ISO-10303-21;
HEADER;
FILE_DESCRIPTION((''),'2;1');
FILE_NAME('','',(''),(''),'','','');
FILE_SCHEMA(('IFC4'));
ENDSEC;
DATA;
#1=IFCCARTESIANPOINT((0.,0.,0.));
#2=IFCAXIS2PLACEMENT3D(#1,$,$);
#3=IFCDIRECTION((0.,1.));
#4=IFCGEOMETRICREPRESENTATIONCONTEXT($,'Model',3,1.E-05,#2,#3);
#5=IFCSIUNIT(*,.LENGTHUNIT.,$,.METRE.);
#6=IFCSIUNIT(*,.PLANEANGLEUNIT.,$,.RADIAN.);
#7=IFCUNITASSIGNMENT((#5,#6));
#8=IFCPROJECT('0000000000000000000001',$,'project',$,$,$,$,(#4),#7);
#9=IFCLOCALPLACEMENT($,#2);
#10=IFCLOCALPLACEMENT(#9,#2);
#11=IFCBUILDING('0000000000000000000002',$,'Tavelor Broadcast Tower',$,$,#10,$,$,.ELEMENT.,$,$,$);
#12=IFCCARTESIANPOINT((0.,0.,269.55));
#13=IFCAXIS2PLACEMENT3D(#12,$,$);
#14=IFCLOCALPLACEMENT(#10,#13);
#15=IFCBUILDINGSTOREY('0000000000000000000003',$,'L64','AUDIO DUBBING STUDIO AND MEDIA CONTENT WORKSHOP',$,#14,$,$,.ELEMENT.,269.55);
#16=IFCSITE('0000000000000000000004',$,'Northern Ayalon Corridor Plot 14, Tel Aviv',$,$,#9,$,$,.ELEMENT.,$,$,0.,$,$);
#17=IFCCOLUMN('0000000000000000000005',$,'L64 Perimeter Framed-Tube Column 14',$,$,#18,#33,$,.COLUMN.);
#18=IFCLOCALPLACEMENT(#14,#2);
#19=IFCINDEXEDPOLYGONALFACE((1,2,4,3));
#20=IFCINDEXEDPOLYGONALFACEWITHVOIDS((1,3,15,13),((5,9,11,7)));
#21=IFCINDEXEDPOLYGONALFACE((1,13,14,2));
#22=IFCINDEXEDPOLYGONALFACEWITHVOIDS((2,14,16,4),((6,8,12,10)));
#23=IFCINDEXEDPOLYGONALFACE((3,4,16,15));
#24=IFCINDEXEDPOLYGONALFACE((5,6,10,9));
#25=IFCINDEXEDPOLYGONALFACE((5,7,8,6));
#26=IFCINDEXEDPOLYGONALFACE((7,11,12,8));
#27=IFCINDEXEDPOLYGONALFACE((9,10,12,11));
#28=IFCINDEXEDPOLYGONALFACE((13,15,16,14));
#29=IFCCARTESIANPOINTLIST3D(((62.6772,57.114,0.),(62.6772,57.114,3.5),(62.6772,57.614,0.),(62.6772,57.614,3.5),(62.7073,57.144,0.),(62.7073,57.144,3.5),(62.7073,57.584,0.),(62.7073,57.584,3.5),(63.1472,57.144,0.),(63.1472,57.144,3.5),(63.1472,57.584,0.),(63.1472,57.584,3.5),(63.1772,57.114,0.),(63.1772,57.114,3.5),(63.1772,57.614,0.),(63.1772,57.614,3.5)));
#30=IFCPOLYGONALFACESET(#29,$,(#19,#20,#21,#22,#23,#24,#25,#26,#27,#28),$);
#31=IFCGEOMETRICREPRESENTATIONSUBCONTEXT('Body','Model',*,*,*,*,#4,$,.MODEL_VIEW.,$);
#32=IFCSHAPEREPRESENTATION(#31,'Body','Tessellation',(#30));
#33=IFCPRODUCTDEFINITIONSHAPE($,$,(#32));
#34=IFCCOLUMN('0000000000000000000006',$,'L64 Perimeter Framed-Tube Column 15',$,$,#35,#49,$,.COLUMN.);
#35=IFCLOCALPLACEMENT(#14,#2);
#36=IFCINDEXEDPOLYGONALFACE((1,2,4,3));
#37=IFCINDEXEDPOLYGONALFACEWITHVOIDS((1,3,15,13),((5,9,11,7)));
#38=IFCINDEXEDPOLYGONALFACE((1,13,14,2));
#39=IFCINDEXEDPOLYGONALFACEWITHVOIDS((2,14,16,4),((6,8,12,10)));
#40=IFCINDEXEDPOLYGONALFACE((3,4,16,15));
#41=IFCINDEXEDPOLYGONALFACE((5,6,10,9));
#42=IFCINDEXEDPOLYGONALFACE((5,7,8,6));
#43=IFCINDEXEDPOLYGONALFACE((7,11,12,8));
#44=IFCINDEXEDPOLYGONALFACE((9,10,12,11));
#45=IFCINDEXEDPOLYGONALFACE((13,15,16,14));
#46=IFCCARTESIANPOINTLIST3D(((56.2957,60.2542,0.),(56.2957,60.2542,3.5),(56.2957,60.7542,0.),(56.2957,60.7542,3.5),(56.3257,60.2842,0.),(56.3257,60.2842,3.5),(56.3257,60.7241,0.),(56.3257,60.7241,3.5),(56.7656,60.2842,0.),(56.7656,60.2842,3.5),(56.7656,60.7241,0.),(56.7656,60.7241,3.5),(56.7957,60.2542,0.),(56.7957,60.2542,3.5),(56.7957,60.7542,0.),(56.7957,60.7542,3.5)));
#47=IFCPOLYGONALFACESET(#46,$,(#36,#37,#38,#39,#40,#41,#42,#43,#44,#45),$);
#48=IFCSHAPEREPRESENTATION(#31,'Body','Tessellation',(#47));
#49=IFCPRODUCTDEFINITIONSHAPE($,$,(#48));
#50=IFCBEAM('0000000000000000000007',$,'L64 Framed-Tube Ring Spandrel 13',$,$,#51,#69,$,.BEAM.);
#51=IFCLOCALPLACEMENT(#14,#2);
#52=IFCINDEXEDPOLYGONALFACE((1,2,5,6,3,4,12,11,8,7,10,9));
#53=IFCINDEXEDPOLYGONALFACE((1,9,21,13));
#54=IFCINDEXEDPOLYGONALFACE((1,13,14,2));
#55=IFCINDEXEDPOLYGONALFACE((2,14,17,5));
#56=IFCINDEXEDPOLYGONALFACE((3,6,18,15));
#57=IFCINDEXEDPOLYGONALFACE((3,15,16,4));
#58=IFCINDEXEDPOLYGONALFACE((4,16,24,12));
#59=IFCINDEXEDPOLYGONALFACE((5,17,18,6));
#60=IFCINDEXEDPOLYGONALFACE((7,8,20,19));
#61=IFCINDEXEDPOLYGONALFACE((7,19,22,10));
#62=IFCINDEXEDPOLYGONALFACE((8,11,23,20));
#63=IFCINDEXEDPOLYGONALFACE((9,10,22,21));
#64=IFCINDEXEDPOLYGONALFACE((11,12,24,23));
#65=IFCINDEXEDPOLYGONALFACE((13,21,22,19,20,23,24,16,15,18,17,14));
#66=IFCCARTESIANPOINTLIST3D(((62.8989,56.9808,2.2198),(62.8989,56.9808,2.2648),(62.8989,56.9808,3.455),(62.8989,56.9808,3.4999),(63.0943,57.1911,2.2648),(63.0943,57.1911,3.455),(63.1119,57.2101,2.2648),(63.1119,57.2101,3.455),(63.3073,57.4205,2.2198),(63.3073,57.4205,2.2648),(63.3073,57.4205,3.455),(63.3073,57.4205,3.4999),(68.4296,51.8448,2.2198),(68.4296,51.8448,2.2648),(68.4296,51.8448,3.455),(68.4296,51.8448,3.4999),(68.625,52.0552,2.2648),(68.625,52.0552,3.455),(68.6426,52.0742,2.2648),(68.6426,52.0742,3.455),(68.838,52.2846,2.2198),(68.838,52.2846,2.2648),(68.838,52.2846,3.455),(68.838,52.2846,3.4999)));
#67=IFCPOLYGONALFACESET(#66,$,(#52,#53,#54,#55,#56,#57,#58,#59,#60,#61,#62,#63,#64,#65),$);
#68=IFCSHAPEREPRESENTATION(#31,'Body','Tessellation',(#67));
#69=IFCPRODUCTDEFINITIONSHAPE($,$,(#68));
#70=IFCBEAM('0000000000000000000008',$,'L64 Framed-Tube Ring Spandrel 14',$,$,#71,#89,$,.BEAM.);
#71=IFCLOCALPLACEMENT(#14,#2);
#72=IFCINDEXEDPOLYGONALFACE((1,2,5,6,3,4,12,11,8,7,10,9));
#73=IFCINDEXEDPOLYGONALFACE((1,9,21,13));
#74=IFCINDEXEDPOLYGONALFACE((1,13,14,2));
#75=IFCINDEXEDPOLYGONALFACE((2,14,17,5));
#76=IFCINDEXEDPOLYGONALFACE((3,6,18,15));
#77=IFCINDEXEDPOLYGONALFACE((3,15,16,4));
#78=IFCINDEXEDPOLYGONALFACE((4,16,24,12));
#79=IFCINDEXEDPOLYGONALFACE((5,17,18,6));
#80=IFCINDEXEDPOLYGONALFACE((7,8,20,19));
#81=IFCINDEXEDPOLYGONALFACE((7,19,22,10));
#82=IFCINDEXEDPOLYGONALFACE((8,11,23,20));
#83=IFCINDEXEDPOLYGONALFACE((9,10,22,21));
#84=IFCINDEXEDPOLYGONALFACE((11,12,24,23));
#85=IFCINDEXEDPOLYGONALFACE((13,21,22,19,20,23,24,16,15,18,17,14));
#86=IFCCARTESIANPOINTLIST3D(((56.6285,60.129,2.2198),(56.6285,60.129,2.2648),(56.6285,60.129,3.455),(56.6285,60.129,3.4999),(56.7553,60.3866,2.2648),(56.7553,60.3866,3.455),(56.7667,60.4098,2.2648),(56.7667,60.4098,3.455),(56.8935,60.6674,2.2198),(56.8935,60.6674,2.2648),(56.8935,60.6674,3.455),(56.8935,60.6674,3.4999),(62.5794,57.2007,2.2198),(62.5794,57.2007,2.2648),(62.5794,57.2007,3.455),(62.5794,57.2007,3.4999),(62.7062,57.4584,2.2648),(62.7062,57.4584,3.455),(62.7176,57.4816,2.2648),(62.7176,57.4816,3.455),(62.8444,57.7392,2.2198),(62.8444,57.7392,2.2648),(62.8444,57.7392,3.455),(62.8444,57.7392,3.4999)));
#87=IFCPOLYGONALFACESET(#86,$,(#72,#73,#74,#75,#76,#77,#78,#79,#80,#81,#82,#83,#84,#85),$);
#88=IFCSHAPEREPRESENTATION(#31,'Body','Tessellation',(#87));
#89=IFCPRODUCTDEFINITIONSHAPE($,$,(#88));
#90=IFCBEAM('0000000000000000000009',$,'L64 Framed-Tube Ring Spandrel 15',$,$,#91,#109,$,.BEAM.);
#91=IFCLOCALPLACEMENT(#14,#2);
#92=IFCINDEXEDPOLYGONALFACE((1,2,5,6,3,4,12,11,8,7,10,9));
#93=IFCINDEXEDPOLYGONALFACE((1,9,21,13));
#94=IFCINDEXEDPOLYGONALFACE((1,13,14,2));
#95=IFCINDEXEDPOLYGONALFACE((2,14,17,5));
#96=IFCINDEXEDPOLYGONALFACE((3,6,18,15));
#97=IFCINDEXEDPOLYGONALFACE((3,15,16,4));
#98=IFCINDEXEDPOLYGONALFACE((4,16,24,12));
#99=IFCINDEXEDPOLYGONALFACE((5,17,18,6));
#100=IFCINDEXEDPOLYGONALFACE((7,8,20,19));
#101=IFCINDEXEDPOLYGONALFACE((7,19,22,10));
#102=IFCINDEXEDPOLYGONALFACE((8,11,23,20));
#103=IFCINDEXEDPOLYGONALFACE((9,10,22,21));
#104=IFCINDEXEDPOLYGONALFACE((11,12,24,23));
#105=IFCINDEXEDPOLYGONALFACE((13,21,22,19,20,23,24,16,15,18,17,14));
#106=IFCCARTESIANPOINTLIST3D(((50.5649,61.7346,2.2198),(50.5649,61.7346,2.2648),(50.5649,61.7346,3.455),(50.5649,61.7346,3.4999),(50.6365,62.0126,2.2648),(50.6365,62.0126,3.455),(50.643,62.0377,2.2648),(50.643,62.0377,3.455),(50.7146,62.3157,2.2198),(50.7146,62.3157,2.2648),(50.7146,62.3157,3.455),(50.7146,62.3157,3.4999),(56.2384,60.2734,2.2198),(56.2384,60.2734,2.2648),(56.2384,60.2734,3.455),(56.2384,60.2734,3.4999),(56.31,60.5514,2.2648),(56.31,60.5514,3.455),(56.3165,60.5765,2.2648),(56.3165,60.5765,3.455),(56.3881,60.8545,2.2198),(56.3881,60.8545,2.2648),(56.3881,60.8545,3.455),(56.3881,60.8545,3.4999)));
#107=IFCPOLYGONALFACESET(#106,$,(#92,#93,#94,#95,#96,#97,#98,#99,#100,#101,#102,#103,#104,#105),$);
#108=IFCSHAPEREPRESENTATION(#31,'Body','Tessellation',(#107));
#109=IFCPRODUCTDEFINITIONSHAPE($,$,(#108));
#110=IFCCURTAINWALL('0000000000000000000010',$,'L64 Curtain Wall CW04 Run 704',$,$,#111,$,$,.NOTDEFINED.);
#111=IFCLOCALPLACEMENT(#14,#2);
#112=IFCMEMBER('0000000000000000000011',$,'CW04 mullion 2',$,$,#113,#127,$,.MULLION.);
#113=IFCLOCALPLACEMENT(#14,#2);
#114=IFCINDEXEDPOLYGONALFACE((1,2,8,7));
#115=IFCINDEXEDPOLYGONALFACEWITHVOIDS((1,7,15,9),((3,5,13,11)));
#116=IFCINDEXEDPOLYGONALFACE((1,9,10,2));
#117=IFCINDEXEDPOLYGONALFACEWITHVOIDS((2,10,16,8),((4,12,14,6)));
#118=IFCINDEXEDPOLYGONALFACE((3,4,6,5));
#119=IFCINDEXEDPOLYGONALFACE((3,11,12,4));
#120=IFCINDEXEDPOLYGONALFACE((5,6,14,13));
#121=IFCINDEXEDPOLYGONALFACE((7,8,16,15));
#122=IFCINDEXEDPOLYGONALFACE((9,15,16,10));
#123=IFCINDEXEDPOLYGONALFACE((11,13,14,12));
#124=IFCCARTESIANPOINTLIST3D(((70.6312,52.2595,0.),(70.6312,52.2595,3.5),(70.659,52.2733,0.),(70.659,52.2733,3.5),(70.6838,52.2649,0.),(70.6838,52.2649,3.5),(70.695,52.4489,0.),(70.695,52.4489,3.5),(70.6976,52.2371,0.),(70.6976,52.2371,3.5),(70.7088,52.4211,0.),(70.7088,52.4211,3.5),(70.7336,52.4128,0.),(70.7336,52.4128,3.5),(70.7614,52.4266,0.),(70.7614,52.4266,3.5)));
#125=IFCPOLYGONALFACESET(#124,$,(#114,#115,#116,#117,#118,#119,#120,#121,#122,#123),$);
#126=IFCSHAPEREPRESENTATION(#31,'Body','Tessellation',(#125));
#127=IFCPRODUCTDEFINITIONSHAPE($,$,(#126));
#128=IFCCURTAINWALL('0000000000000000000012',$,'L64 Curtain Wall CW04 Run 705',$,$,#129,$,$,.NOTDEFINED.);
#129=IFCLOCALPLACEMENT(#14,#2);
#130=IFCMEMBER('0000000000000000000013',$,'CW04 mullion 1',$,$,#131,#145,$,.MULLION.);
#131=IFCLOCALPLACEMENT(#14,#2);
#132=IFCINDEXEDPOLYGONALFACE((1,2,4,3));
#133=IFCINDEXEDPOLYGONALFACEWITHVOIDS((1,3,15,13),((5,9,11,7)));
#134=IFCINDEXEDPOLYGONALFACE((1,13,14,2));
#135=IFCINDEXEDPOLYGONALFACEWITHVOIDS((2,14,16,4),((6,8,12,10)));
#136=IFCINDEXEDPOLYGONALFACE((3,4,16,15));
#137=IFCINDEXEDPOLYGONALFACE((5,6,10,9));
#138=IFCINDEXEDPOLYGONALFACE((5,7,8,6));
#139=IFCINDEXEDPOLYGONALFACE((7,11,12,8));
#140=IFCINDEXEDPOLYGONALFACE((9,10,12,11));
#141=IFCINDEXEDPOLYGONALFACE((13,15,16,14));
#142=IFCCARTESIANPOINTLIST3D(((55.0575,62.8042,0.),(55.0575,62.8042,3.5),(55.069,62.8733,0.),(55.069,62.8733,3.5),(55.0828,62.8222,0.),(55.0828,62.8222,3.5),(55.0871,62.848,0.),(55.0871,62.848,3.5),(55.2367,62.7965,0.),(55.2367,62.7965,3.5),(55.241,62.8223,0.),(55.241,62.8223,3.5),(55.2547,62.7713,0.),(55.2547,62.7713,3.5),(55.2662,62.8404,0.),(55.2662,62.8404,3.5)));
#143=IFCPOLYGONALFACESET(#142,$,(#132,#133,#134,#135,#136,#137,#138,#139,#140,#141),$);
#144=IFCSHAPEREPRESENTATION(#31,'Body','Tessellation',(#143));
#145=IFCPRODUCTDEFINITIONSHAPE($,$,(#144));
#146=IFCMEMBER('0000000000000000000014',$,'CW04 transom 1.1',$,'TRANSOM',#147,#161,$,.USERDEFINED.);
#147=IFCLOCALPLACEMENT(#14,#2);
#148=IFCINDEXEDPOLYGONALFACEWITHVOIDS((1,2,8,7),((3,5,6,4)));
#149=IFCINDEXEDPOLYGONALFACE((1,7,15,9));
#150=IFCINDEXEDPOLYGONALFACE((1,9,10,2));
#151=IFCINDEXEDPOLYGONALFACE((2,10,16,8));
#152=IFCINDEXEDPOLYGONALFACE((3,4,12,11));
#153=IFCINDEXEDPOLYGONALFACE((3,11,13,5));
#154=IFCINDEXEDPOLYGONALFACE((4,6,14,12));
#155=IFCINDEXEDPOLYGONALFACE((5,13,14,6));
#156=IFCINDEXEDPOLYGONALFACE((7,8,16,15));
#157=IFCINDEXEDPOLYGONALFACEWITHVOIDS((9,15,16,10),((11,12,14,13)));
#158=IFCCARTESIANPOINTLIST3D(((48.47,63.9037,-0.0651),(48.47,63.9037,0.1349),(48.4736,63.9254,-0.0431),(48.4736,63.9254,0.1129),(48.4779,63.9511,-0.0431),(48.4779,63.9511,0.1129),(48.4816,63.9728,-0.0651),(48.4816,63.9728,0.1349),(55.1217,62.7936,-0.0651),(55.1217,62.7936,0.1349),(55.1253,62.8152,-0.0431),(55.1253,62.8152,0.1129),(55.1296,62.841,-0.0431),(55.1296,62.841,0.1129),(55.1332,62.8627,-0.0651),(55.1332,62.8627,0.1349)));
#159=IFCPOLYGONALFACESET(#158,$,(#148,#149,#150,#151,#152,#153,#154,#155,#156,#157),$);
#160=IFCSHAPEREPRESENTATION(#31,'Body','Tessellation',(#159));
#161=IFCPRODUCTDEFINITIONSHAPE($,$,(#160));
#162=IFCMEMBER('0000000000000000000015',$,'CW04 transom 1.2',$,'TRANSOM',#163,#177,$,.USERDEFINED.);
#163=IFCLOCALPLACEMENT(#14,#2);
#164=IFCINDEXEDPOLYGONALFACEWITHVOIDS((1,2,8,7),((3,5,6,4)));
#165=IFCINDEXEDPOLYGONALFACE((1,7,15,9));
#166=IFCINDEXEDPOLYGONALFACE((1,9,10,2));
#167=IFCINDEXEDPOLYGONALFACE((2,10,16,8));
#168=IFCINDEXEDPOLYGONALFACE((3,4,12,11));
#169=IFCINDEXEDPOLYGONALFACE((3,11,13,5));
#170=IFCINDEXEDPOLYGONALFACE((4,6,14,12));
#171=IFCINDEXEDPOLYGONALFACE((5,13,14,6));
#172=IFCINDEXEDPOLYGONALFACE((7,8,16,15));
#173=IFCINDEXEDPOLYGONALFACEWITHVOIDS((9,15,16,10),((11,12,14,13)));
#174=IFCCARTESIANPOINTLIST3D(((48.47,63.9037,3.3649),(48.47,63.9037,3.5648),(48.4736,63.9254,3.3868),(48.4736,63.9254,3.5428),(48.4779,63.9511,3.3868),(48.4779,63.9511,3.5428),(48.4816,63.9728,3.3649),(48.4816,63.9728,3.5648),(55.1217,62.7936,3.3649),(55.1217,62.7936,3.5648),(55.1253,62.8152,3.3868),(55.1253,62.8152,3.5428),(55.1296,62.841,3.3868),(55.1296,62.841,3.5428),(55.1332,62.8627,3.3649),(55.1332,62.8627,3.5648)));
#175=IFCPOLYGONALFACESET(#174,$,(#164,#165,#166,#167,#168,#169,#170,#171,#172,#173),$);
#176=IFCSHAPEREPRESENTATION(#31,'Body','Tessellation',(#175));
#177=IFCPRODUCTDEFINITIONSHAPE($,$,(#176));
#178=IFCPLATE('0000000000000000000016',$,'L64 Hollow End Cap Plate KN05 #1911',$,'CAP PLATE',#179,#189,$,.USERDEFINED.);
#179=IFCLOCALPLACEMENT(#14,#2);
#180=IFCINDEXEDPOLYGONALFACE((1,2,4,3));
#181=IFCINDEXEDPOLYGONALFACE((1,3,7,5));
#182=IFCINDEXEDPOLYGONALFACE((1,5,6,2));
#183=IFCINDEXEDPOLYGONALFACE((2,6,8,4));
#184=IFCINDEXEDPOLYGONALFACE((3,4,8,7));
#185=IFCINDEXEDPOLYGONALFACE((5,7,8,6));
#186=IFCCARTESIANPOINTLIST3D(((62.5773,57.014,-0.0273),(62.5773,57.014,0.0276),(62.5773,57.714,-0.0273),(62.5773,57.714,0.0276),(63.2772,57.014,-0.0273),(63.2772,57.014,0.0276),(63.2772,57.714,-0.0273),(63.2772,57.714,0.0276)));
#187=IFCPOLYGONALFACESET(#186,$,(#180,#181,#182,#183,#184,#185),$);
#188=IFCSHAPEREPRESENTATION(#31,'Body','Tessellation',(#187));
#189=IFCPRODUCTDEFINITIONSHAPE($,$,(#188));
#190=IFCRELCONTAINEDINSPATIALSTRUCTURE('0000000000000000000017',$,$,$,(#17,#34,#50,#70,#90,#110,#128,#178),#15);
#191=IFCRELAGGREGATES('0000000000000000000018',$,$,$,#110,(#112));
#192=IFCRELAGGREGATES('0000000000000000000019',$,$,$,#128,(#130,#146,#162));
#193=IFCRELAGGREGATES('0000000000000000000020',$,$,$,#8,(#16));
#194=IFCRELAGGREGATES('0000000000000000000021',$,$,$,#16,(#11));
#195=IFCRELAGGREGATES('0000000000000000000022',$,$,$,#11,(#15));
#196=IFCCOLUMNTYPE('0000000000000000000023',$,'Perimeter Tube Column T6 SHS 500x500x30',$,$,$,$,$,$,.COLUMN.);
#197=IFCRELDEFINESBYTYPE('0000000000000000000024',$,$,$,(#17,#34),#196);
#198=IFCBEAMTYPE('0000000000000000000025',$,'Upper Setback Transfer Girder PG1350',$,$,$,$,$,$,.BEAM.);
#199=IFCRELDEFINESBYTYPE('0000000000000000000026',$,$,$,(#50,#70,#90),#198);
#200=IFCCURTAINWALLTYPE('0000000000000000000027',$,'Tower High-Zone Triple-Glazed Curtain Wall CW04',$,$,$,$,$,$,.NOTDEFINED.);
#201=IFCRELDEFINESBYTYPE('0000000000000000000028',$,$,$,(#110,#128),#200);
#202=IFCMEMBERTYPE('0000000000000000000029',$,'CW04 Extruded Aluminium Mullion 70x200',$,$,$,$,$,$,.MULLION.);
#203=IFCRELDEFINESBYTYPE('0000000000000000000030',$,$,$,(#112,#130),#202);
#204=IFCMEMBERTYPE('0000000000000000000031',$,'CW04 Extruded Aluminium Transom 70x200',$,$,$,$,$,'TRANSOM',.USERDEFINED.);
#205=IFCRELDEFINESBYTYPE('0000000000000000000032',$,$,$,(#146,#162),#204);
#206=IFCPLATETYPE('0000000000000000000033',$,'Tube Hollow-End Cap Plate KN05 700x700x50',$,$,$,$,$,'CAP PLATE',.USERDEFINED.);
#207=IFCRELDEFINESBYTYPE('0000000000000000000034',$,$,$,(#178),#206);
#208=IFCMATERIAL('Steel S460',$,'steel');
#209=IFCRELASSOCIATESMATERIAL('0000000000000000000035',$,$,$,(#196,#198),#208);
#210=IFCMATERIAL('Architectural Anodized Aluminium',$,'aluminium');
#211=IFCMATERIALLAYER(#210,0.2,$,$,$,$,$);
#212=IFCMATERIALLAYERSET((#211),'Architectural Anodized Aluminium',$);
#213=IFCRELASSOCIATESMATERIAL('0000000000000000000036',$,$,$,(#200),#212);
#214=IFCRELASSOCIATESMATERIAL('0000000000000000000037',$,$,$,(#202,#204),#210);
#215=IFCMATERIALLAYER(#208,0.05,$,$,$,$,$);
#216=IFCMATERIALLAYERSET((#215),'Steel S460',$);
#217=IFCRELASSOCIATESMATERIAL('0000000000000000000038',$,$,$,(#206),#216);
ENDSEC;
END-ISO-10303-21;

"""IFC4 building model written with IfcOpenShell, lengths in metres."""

from ifc_helpers import new_model, si_unit, direction, frame, origin, origin_2d, place, context, subcontext, project, spatial, rectangle, hollow_rectangle, i_section, extrude, source, transform, mapped, material, layer, layer_set, material_profile, profile_set, type_object, type_shapes, element, aggregate, save


model = new_model("IFC4")

# Units and contexts
model_context = context("Model", 3, precision=1e-05, world=origin(), true_north=direction((0.0, 1.0)))
body_context = subcontext(model_context, "Body", "Model", "MODEL_VIEW")
ifc_project = project(units=[si_unit("LENGTHUNIT", "METRE"), si_unit("PLANEANGLEUNIT", "RADIAN")], contexts=[model_context])

# Site, building, storey
site_placement = place(None, origin())
site = spatial("IfcSite", under=ifc_project, at=site_placement, Name="Northern Ayalon Corridor Plot 14, Tel Aviv", CompositionType="ELEMENT", RefElevation=0.0)
building_placement = place(site_placement, origin())
building = spatial("IfcBuilding", under=site, at=building_placement, Name="Tavelor Broadcast Tower", CompositionType="ELEMENT")
storey_placement = place(building_placement, frame((0.0, 0.0, 269.55)))
storey = spatial("IfcBuildingStorey", under=building, at=storey_placement, Name="L64", Description="AUDIO DUBBING STUDIO AND MEDIA CONTENT WORKSHOP", CompositionType="ELEMENT", Elevation=269.55)

# Columns
ifc_material_1 = material(Name="Steel S460", Category="steel")
ifc_material_profile_1 = material_profile(ifc_material_1, hollow_rectangle(XDim=0.5, YDim=0.5, WallThickness=0.03, at=origin_2d()), Name="SHS 500x500x30")
ifc_profile_set_1 = profile_set([ifc_material_profile_1], Name="Steel S460")
column_type = type_object("IfcColumnType", Name="Perimeter Tube Column T6 SHS 500x500x30", PredefinedType="COLUMN", material=ifc_profile_set_1)
for number, where, z_axis, x_axis, name in (
    (1, (62.9272, 57.364, 0.0), (0.0, 0.0, 1.0), (1.0, 0.0, 0.0), "L64 Perimeter Framed-Tube Column 14"),
    (2, (56.5457, 60.5042, 0.0), (0.0, 0.0, 1.0), (1.0, 0.0, 0.0), "L64 Perimeter Framed-Tube Column 15"),
):
    element("IfcColumn", number, at=place(storey_placement, frame(where, z_axis=z_axis, x_axis=x_axis)), inside=storey, type_object=column_type, Name=name, PredefinedType="COLUMN", context=body_context, shape_type="SweptSolid", body=[
        extrude(hollow_rectangle(XDim=0.5, YDim=0.5, WallThickness=0.03, at=origin_2d()), origin(), (0.0, 0.0, 1.0), 3.5),
    ])

# Beams
ifc_material_profile_2 = material_profile(ifc_material_1, i_section(OverallWidth=0.6001, OverallDepth=1.28, WebThickness=0.0259, FlangeThickness=0.0449, at=origin_2d()), Name="PG 1280x600")
ifc_profile_set_2 = profile_set([ifc_material_profile_2], Name="Steel S460")
beam_type = type_object("IfcBeamType", Name="Upper Setback Transfer Girder PG1350", PredefinedType="BEAM", material=ifc_profile_set_2)
beam_1_placement = place(storey_placement, frame((68.6338, 52.0647, 2.8599), z_axis=(-0.732775, 0.680471, 0.0), x_axis=(-0.680471, -0.732775, 0.0)))
element("IfcBeam", 3, at=beam_1_placement, inside=storey, type_object=beam_type, Name="L64 Framed-Tube Ring Spandrel 13", PredefinedType="BEAM", context=body_context, shape_type="SweptSolid", body=[
    extrude(i_section(OverallWidth=0.6001, OverallDepth=1.28, WebThickness=0.0259, FlangeThickness=0.0449, at=origin_2d()), origin(), (0.0, 0.0, 1.0), 7.5476),
])
beam_2_placement = place(storey_placement, frame((62.7119, 57.47, 2.8599), z_axis=(-0.897258, 0.441506, 0.0), x_axis=(-0.441506, -0.897258, 0.0)))
element("IfcBeam", 4, at=beam_2_placement, inside=storey, type_object=beam_type, Name="L64 Framed-Tube Ring Spandrel 14", PredefinedType="BEAM", context=body_context, shape_type="SweptSolid", body=[
    extrude(i_section(OverallWidth=0.6001, OverallDepth=1.28, WebThickness=0.0259, FlangeThickness=0.0449, at=origin_2d()), origin(), (0.0, 0.0, 1.0), 6.6323),
])
beam_3_placement = place(storey_placement, frame((56.3132, 60.564, 2.8599), z_axis=(-0.9684, 0.249403, 0.0), x_axis=(-0.249403, -0.9684, 0.0)))
element("IfcBeam", 5, at=beam_3_placement, inside=storey, type_object=beam_type, Name="L64 Framed-Tube Ring Spandrel 15", PredefinedType="BEAM", context=body_context, shape_type="SweptSolid", body=[
    extrude(i_section(OverallWidth=0.6001, OverallDepth=1.28, WebThickness=0.0259, FlangeThickness=0.0449, at=origin_2d()), origin(), (0.0, 0.0, 1.0), 5.8586),
])

# Curtain wall, member
ifc_material_2 = material(Name="Architectural Anodized Aluminium", Category="aluminium")
ifc_layer_1 = layer(ifc_material_2, 0.2)
ifc_layer_set_1 = layer_set([ifc_layer_1], Name="Architectural Anodized Aluminium")
curtain_wall_type = type_object("IfcCurtainWallType", Name="Tower High-Zone Triple-Glazed Curtain Wall CW04", PredefinedType="NOTDEFINED", material=ifc_layer_set_1)
curtain_wall_1_placement = place(storey_placement, origin())
curtain_wall_1 = element("IfcCurtainWall", 6, at=curtain_wall_1_placement, inside=storey, type_object=curtain_wall_type, Name="L64 Curtain Wall CW04 Run 704", PredefinedType="NOTDEFINED")
ifc_material_profile_3 = material_profile(ifc_material_2, hollow_rectangle(XDim=0.0701, YDim=0.2, WallThickness=0.022, at=origin_2d()), Name="RHS 70x200x22")
ifc_profile_set_3 = profile_set([ifc_material_profile_3], Name="Architectural Anodized Aluminium")
member_type_1 = type_object("IfcMemberType", Name="CW04 Extruded Aluminium Mullion 70x200", PredefinedType="MULLION", material=ifc_profile_set_3)
shared_shape_1 = source(origin(), body_context, "Body", "SweptSolid", [
    extrude(hollow_rectangle(XDim=0.0701, YDim=0.2, WallThickness=0.022, at=origin_2d()), origin(), (0.0, 0.0, 1.0), 3.5),
])
type_shapes(member_type_1, [shared_shape_1])
member_1_placement = place(storey_placement, frame((70.6963, 52.343, 0.0), z_axis=(0.0, 0.0, 1.0), x_axis=(-0.947635, 0.319355, 0.0)))
member_1 = element("IfcMember", 7, at=member_1_placement, type_object=member_type_1, Name="CW04 mullion 2", PredefinedType="MULLION", context=body_context, shape_type="MappedRepresentation", body=[
    mapped(shared_shape_1, transform((0.0, 0.0, 0.0), scale=1.0)),
])
aggregate(curtain_wall_1, [member_1])

# Curtain wall, members
curtain_wall_2_placement = place(storey_placement, origin())
curtain_wall_2 = element("IfcCurtainWall", 8, at=curtain_wall_2_placement, inside=storey, type_object=curtain_wall_type, Name="L64 Curtain Wall CW04 Run 705", PredefinedType="NOTDEFINED")
member_2_placement = place(storey_placement, frame((55.1619, 62.8223, 0.0), z_axis=(0.0, 0.0, 1.0), x_axis=(-0.164609, -0.986359, 0.0)))
member_2 = element("IfcMember", 9, at=member_2_placement, type_object=member_type_1, Name="CW04 mullion 1", PredefinedType="MULLION", context=body_context, shape_type="MappedRepresentation", body=[
    mapped(shared_shape_1, transform((0.0, 0.0, 0.0), scale=1.0)),
])
ifc_material_profile_4 = material_profile(ifc_material_2, hollow_rectangle(XDim=0.0701, YDim=0.2, WallThickness=0.022, at=origin_2d()), Name="RHS 70x200x22")
ifc_profile_set_4 = profile_set([ifc_material_profile_4], Name="Architectural Anodized Aluminium")
member_type_2 = type_object("IfcMemberType", Name="CW04 Extruded Aluminium Transom 70x200", ElementType="TRANSOM", PredefinedType="USERDEFINED", material=ifc_profile_set_4)
shared_shape_2 = source(origin(), body_context, "Body", "SweptSolid", [
    extrude(hollow_rectangle(XDim=0.0701, YDim=0.2, WallThickness=0.022, at=origin_2d()), origin(), (0.0, 0.0, 1.0), 6.7437),
])
type_shapes(member_type_2, [shared_shape_2])
member_3_placement = place(storey_placement, frame((55.1274, 62.8281, 0.0349), z_axis=(-0.986358, 0.164616, 0.0), x_axis=(-0.164616, -0.986358, 0.0)))
member_3 = element("IfcMember", 10, at=member_3_placement, type_object=member_type_2, Name="CW04 transom 1.1", ObjectType="TRANSOM", PredefinedType="USERDEFINED", context=body_context, shape_type="MappedRepresentation", body=[
    mapped(shared_shape_2, transform((0.0, 0.0, 0.0), scale=1.0)),
])
member_4_placement = place(storey_placement, frame((55.1274, 62.8281, 3.4648), z_axis=(-0.986358, 0.164616, 0.0), x_axis=(-0.164616, -0.986358, 0.0)))
member_4 = element("IfcMember", 11, at=member_4_placement, type_object=member_type_2, Name="CW04 transom 1.2", ObjectType="TRANSOM", PredefinedType="USERDEFINED", context=body_context, shape_type="MappedRepresentation", body=[
    mapped(shared_shape_2, transform((0.0, 0.0, 0.0), scale=1.0)),
])
aggregate(curtain_wall_2, [member_2, member_3, member_4])

# Plate
ifc_layer_2 = layer(ifc_material_1, 0.05)
ifc_layer_set_2 = layer_set([ifc_layer_2], Name="Steel S460")
plate_type_1 = type_object("IfcPlateType", Name="Tube Hollow-End Cap Plate KN05 700x700x50", ElementType="CAP PLATE", PredefinedType="USERDEFINED", material=ifc_layer_set_2)
shared_shape_3 = source(origin(), body_context, "Body", "SweptSolid", [
    extrude(rectangle(XDim=0.7, YDim=0.7, at=origin_2d()), origin(), (0.0, 0.0, 1.0), 0.0549),
])
type_shapes(plate_type_1, [shared_shape_3])
for number, where, z_axis, x_axis, name in (
    (12, (62.9272, 57.364, -0.0273), (0.0, 0.0, 1.0), (1.0, 0.0, 0.0), "L64 Hollow End Cap Plate KN05 #1911"),
):
    element("IfcPlate", number, at=place(storey_placement, frame(where, z_axis=z_axis, x_axis=x_axis)), inside=storey, type_object=plate_type_1, Name=name, ObjectType="CAP PLATE", PredefinedType="USERDEFINED", context=body_context, shape_type="MappedRepresentation", body=[
        mapped(shared_shape_3, transform((0.0, 0.0, 0.0), scale=1.0)),
    ])

save(model, "model.ifc")
